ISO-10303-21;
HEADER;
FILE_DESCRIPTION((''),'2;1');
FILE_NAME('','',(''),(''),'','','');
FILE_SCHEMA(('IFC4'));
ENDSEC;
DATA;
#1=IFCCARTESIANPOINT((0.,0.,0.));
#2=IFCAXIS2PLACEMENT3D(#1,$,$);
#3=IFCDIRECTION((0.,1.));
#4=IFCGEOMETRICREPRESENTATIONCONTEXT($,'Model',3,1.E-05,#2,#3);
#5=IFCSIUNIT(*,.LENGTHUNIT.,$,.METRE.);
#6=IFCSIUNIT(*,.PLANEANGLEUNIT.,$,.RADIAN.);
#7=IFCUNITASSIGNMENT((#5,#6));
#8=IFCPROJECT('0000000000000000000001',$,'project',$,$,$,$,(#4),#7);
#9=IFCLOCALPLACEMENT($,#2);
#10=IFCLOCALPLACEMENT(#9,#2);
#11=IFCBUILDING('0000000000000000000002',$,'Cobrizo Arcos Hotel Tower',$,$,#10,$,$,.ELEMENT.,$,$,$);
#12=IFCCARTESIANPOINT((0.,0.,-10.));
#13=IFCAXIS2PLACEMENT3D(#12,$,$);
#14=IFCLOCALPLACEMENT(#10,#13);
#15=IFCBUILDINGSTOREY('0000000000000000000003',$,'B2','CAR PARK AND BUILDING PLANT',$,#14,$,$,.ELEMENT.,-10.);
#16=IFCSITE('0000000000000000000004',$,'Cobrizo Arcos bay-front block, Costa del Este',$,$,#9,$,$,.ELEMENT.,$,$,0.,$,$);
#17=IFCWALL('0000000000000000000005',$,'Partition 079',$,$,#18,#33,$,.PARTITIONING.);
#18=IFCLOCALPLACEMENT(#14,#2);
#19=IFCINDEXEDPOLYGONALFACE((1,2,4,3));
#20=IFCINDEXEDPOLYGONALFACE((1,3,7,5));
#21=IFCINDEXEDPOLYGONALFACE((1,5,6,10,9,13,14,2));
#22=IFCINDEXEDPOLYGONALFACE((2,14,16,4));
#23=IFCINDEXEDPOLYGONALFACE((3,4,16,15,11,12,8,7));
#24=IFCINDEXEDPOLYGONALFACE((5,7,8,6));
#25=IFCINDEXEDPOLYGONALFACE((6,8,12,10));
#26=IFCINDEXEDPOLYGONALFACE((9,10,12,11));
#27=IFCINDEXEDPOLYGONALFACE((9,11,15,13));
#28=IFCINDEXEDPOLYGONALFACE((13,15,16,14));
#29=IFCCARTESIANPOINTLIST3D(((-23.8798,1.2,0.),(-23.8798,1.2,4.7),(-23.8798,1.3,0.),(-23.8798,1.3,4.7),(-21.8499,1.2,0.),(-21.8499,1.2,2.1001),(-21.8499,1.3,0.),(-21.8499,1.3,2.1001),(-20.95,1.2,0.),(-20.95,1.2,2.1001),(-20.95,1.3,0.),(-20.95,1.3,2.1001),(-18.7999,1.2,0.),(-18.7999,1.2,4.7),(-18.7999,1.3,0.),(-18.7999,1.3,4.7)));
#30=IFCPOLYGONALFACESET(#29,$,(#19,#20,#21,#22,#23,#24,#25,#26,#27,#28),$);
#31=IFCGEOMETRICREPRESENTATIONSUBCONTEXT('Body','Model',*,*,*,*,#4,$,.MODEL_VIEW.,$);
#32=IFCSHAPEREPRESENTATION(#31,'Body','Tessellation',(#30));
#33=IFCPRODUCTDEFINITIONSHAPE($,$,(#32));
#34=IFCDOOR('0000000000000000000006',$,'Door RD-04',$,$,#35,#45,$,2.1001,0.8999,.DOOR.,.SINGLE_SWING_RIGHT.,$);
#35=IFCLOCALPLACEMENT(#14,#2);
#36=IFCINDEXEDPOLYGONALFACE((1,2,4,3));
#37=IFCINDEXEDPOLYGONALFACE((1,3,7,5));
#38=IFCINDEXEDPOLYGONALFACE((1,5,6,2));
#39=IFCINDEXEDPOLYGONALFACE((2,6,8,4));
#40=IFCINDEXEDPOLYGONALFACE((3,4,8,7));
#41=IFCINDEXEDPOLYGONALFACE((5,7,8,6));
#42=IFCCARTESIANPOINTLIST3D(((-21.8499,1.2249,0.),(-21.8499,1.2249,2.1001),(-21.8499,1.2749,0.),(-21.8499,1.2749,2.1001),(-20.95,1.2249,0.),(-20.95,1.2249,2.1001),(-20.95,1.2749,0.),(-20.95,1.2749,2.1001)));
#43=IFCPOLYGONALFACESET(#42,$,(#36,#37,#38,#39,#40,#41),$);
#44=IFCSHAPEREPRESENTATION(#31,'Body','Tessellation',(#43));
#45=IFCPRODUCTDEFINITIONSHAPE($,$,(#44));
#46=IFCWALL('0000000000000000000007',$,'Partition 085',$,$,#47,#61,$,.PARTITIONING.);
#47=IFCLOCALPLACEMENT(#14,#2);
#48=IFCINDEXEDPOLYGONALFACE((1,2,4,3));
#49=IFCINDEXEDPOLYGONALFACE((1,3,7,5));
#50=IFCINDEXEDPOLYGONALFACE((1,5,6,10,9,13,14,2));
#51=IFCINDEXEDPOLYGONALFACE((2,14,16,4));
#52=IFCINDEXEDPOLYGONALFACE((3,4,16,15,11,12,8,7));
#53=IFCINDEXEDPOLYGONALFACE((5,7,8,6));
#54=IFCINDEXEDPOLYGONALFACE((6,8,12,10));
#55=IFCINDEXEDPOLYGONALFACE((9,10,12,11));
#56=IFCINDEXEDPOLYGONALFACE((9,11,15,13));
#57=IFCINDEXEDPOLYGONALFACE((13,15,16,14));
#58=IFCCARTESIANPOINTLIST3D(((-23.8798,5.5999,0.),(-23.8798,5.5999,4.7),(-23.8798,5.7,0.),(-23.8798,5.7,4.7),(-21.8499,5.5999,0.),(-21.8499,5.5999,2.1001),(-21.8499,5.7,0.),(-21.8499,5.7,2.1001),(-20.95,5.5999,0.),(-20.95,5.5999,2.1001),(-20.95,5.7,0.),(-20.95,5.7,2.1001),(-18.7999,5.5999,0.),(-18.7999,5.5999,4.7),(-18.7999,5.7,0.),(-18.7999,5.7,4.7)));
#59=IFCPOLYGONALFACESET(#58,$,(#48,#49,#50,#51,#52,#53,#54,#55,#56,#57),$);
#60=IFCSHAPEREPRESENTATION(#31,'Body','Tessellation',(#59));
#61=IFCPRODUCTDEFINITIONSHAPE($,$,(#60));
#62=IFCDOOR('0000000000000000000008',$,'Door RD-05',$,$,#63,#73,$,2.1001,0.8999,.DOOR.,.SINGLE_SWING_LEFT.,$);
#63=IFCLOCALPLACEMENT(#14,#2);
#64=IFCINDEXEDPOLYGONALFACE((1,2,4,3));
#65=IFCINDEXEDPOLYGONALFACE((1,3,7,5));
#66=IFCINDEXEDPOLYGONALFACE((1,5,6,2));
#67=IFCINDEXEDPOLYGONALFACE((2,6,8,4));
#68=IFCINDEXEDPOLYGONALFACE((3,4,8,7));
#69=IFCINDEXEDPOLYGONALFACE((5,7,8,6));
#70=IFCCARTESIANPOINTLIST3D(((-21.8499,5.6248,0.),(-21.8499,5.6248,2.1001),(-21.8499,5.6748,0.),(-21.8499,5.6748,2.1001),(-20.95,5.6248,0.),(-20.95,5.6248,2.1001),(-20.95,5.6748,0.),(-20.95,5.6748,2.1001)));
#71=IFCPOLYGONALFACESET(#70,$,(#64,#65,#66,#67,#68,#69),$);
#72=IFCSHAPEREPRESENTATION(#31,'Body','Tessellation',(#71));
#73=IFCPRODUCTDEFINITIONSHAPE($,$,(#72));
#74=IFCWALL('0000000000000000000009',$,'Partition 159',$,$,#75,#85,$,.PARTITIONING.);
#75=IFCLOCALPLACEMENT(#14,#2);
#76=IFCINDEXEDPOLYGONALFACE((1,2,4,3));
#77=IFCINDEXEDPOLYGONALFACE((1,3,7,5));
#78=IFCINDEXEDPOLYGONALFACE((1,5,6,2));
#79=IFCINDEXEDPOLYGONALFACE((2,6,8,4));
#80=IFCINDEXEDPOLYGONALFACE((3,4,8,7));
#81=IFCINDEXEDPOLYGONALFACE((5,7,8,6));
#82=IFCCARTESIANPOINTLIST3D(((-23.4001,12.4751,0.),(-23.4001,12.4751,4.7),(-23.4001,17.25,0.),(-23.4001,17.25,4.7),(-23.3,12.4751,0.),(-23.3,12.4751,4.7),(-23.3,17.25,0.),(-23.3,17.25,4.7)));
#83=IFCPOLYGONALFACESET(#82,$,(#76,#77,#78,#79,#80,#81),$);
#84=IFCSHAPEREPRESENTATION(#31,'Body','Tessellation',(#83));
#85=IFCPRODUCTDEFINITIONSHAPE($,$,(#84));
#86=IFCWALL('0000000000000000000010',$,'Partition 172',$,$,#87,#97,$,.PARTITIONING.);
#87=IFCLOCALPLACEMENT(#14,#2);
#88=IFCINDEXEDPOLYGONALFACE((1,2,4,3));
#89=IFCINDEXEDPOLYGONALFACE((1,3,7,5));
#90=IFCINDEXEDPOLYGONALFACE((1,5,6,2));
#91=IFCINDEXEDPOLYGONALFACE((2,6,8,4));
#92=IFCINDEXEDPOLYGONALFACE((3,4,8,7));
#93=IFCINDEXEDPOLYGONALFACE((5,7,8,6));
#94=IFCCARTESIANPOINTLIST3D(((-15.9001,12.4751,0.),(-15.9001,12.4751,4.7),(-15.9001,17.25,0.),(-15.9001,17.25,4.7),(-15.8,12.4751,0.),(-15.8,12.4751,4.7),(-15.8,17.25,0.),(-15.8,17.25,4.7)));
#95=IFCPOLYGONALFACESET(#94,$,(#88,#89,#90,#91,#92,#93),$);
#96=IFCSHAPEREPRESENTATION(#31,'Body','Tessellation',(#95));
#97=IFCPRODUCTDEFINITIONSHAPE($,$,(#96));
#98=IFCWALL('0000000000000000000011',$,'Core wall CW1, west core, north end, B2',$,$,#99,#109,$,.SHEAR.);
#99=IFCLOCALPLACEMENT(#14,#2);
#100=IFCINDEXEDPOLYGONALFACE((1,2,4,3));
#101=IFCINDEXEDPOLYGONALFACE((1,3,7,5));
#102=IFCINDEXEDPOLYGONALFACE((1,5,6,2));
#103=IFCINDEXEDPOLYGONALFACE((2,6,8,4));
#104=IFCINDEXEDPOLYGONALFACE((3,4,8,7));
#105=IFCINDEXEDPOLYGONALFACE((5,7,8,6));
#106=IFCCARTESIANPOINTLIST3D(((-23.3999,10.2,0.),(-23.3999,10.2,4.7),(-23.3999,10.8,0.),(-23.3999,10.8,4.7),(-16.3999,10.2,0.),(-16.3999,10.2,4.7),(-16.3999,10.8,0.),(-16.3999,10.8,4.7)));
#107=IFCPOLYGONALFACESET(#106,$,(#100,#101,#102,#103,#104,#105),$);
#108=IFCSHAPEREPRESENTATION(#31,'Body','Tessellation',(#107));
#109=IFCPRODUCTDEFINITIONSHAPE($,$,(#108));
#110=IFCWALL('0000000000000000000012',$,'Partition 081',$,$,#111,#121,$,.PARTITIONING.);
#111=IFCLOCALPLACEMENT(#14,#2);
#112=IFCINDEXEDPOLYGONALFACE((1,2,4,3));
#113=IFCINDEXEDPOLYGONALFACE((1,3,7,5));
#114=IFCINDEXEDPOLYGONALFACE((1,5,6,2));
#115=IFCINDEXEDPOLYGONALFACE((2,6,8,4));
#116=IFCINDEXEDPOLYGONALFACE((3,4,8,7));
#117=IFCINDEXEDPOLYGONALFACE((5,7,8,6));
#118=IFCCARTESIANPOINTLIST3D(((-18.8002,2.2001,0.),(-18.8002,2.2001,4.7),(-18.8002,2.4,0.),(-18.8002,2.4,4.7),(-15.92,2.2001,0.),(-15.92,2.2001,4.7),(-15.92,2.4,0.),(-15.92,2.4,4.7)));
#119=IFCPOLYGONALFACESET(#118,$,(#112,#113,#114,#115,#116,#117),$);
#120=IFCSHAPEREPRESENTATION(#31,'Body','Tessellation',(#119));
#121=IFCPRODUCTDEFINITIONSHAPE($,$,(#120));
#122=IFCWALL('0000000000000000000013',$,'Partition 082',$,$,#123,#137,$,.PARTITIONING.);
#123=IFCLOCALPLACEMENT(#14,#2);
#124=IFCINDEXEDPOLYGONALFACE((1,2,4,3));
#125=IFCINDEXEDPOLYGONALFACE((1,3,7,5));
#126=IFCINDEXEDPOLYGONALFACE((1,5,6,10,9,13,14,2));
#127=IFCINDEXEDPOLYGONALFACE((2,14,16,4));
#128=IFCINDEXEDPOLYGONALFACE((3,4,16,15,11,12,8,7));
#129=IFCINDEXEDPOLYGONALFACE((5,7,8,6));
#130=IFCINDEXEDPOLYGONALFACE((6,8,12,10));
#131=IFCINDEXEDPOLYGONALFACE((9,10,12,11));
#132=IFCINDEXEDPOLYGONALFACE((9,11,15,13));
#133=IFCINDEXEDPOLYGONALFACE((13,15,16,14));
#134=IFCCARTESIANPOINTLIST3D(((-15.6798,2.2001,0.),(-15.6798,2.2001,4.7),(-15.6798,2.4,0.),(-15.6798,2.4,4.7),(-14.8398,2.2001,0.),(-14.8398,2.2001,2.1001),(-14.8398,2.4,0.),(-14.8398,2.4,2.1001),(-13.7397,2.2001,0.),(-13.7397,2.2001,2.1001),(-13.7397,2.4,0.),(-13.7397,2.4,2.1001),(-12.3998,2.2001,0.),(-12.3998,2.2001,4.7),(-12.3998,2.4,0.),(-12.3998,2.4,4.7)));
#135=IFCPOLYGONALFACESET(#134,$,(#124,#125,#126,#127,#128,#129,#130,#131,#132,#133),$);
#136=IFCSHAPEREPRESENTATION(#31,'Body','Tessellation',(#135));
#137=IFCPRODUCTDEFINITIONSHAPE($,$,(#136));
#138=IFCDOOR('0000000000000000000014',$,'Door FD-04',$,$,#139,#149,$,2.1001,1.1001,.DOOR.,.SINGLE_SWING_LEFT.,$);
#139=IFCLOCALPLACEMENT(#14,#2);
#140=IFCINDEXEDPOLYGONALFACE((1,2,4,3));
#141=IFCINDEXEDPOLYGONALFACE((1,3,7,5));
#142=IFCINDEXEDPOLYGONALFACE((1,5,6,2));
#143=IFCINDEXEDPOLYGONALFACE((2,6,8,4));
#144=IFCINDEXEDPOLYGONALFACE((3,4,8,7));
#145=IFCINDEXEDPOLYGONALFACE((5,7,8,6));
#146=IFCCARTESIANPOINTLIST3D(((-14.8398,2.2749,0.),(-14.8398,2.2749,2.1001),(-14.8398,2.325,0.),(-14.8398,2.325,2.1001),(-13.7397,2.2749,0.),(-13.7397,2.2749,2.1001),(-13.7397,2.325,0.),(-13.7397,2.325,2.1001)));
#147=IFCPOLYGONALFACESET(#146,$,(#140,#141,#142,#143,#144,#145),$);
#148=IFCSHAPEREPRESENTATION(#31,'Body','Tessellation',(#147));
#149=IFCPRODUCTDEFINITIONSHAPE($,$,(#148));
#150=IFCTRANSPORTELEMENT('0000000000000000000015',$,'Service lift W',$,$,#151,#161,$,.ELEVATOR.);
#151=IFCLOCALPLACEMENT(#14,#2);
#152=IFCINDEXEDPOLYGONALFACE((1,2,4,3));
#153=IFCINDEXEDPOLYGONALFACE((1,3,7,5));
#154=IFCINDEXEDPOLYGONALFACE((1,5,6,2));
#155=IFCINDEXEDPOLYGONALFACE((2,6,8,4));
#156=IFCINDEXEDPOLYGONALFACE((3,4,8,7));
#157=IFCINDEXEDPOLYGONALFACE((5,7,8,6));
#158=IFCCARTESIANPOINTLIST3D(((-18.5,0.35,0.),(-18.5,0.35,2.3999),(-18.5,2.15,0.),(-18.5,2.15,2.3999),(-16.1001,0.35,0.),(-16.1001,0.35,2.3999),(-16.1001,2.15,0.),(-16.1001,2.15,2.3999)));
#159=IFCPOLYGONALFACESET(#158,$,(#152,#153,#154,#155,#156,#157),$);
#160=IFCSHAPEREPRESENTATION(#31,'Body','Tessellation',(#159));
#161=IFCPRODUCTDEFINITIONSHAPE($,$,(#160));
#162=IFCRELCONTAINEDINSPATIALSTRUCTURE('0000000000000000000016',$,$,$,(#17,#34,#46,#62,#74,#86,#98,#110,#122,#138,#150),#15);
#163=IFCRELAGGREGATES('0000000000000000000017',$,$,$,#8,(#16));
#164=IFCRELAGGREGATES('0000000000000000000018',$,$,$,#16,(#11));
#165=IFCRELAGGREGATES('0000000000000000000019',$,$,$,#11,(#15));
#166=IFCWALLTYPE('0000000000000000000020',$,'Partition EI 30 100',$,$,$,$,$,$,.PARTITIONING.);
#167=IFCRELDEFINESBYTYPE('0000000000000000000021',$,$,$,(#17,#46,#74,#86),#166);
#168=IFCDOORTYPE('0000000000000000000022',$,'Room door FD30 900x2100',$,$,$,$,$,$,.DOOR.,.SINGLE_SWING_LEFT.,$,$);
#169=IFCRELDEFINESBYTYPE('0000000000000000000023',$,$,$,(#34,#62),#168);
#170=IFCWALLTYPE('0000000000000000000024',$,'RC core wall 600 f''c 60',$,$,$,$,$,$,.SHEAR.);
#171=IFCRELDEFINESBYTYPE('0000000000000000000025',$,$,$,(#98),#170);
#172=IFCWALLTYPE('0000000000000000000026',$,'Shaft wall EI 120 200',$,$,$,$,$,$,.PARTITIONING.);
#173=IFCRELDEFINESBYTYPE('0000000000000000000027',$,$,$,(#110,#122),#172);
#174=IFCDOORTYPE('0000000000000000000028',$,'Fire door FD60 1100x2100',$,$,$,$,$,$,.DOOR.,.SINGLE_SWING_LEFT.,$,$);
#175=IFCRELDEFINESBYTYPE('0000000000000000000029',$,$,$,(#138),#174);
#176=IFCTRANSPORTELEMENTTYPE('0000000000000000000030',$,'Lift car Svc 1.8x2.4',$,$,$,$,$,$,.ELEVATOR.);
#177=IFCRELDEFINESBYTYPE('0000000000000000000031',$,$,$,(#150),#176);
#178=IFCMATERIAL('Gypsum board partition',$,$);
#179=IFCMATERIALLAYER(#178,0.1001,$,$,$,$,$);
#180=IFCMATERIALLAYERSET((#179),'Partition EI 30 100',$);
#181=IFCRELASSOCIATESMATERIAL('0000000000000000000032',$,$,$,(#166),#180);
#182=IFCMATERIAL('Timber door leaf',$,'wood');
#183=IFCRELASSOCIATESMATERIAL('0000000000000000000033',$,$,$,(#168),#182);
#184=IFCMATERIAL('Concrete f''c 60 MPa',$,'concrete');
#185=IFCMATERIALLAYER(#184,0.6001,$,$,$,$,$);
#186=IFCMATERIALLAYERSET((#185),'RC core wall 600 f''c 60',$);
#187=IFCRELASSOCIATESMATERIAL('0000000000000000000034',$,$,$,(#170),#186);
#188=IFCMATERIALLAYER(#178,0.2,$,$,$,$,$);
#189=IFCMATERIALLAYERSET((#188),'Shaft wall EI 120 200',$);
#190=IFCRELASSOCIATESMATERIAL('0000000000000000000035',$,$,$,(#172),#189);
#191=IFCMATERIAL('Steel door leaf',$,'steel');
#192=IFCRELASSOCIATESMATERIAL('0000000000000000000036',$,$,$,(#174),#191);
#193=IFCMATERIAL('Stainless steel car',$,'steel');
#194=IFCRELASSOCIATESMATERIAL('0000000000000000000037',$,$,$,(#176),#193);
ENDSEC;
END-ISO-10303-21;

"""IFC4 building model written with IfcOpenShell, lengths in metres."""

from ifc_helpers import new_model, si_unit, direction, frame, frame_2d, origin, origin_2d, place, context, subcontext, project, spatial, rectangle, extrude, material, layer, layer_set, type_object, element, fill, save


model = new_model("IFC4")

# Units and contexts
model_context = context("Model", 3, precision=1e-05, world=origin(), true_north=direction((0.0, 1.0)))
body_context = subcontext(model_context, "Body", "Model", "MODEL_VIEW")
ifc_project = project(units=[si_unit("LENGTHUNIT", "METRE"), si_unit("PLANEANGLEUNIT", "RADIAN")], contexts=[model_context])

# Site, building, storey
site_placement = place(None, origin())
site = spatial("IfcSite", under=ifc_project, at=site_placement, Name="Cobrizo Arcos bay-front block, Costa del Este", CompositionType="ELEMENT", RefElevation=0.0)
building_placement = place(site_placement, origin())
building = spatial("IfcBuilding", under=site, at=building_placement, Name="Cobrizo Arcos Hotel Tower", CompositionType="ELEMENT")
storey_placement = place(building_placement, frame((0.0, 0.0, -10.0)))
storey = spatial("IfcBuildingStorey", under=building, at=storey_placement, Name="B2", Description="CAR PARK AND BUILDING PLANT", CompositionType="ELEMENT", Elevation=-10.0)

# Shared definitions
ifc_material_1 = material(Name="Gypsum board partition")

# Walls, openings, doors
ifc_layer_1 = layer(ifc_material_1, 0.1001)
ifc_layer_set_1 = layer_set([ifc_layer_1], Name="Partition EI 30 100")
wall_type_1 = type_object("IfcWallType", Name="Partition EI 30 100", PredefinedType="PARTITIONING", material=ifc_layer_set_1)
wall_1_placement = place(storey_placement, frame((-23.8799, 1.25, 0.0), z_axis=(0.0, 0.0, 1.0), x_axis=(1.0, 0.0, 0.0)))
wall_1 = element("IfcWall", 1, at=wall_1_placement, inside=storey, type_object=wall_type_1, Name="Partition 079", PredefinedType="PARTITIONING", context=body_context, shape_type="SweptSolid", body=[
    extrude(rectangle(XDim=5.0798, YDim=0.1001, at=frame_2d((2.54, 0.0))), origin(), (0.0, 0.0, 1.0), 4.7),
])
opening_1_placement = place(wall_1_placement, frame((2.03, 0.0, 0.0)))
opening_1 = element("IfcOpeningElement", 2, at=opening_1_placement, cuts=wall_1, PredefinedType="OPENING", context=body_context, shape_type="SweptSolid", body=[
    extrude(rectangle(XDim=0.8999, YDim=2.1001, at=frame_2d((0.45, 1.05))), frame((0.0, 0.062, 0.0), z_axis=(0.0, -1.0, 0.0), x_axis=(1.0, 0.0, 0.0)), (0.0, 0.0, 1.0), 0.124),
])
ifc_material_2 = material(Name="Timber door leaf", Category="wood")
door_type_1 = type_object("IfcDoorType", Name="Room door FD30 900x2100", OperationType="SINGLE_SWING_LEFT", PredefinedType="DOOR", material=ifc_material_2)
door_1_placement = place(opening_1_placement, origin())
door_1 = element("IfcDoor", 3, at=door_1_placement, inside=storey, type_object=door_type_1, Name="Door RD-04", OperationType="SINGLE_SWING_RIGHT", OverallHeight=2.1001, OverallWidth=0.8999, PredefinedType="DOOR", context=body_context, shape_type="SweptSolid", body=[
    extrude(rectangle(XDim=0.8999, YDim=2.1001, at=frame_2d((0.45, 1.05))), frame((0.0, 0.0249, 0.0), z_axis=(0.0, -1.0, 0.0), x_axis=(1.0, 0.0, 0.0)), (0.0, 0.0, 1.0), 0.05),
])
fill(opening_1, door_1)
wall_2_placement = place(storey_placement, frame((-23.8799, 5.6499, 0.0), z_axis=(0.0, 0.0, 1.0), x_axis=(1.0, 0.0, 0.0)))
wall_2 = element("IfcWall", 4, at=wall_2_placement, inside=storey, type_object=wall_type_1, Name="Partition 085", PredefinedType="PARTITIONING", context=body_context, shape_type="SweptSolid", body=[
    extrude(rectangle(XDim=5.0798, YDim=0.1001, at=frame_2d((2.54, 0.0))), origin(), (0.0, 0.0, 1.0), 4.7),
])
opening_2_placement = place(wall_2_placement, frame((2.03, 0.0, 0.0)))
opening_2 = element("IfcOpeningElement", 5, at=opening_2_placement, cuts=wall_2, PredefinedType="OPENING", context=body_context, shape_type="SweptSolid", body=[
    extrude(rectangle(XDim=0.8999, YDim=2.1001, at=frame_2d((0.45, 1.05))), frame((0.0, 0.062, 0.0), z_axis=(0.0, -1.0, 0.0), x_axis=(1.0, 0.0, 0.0)), (0.0, 0.0, 1.0), 0.124),
])
door_2_placement = place(opening_2_placement, origin())
door_2 = element("IfcDoor", 6, at=door_2_placement, inside=storey, type_object=door_type_1, Name="Door RD-05", OperationType="SINGLE_SWING_LEFT", OverallHeight=2.1001, OverallWidth=0.8999, PredefinedType="DOOR", context=body_context, shape_type="SweptSolid", body=[
    extrude(rectangle(XDim=0.8999, YDim=2.1001, at=frame_2d((0.45, 1.05))), frame((0.0, 0.0249, 0.0), z_axis=(0.0, -1.0, 0.0), x_axis=(1.0, 0.0, 0.0)), (0.0, 0.0, 1.0), 0.05),
])
fill(opening_2, door_2)

# Walls
for number, where, z_axis, x_axis, name in (
    (7, (-23.3501, 12.4751, 0.0), (0.0, 0.0, 1.0), (0.0, 1.0, 0.0), "Partition 159"),
    (8, (-15.8501, 12.4751, 0.0), (0.0, 0.0, 1.0), (0.0, 1.0, 0.0), "Partition 172"),
):
    element("IfcWall", number, at=place(storey_placement, frame(where, z_axis=z_axis, x_axis=x_axis)), inside=storey, type_object=wall_type_1, Name=name, PredefinedType="PARTITIONING", context=body_context, shape_type="SweptSolid", body=[
        extrude(rectangle(XDim=4.7749, YDim=0.1001, at=frame_2d((2.3875, 0.0))), origin(), (0.0, 0.0, 1.0), 4.7),
    ])
ifc_material_3 = material(Name="Concrete f'c 60 MPa", Category="concrete")
ifc_layer_2 = layer(ifc_material_3, 0.6001)
ifc_layer_set_2 = layer_set([ifc_layer_2], Name="RC core wall 600 f'c 60")
wall_type_2 = type_object("IfcWallType", Name="RC core wall 600 f'c 60", PredefinedType="SHEAR", material=ifc_layer_set_2)
wall_3_placement = place(storey_placement, frame((-23.3999, 10.5, 0.0), z_axis=(0.0, 0.0, 1.0), x_axis=(1.0, 0.0, 0.0)))
element("IfcWall", 9, at=wall_3_placement, inside=storey, type_object=wall_type_2, Name="Core wall CW1, west core, north end, B2", PredefinedType="SHEAR", context=body_context, shape_type="SweptSolid", body=[
    extrude(rectangle(XDim=7.0, YDim=0.6001, at=frame_2d((3.5, 0.0))), origin(), (0.0, 0.0, 1.0), 4.7),
])
ifc_layer_3 = layer(ifc_material_1, 0.2)
ifc_layer_set_3 = layer_set([ifc_layer_3], Name="Shaft wall EI 120 200")
wall_type_3 = type_object("IfcWallType", Name="Shaft wall EI 120 200", PredefinedType="PARTITIONING", material=ifc_layer_set_3)
wall_4_placement = place(storey_placement, frame((-18.8, 2.3, 0.0), z_axis=(0.0, 0.0, 1.0), x_axis=(1.0, 0.0, 0.0)))
element("IfcWall", 10, at=wall_4_placement, inside=storey, type_object=wall_type_3, Name="Partition 081", PredefinedType="PARTITIONING", context=body_context, shape_type="SweptSolid", body=[
    extrude(rectangle(XDim=2.8801, YDim=0.2, at=frame_2d((1.4399, 0.0))), origin(), (0.0, 0.0, 1.0), 4.7),
])

# Wall, opening, door
wall_5_placement = place(storey_placement, frame((-15.6799, 2.3, 0.0), z_axis=(0.0, 0.0, 1.0), x_axis=(1.0, 0.0, 0.0)))
wall_5 = element("IfcWall", 11, at=wall_5_placement, inside=storey, type_object=wall_type_3, Name="Partition 082", PredefinedType="PARTITIONING", context=body_context, shape_type="SweptSolid", body=[
    extrude(rectangle(XDim=3.28, YDim=0.2, at=frame_2d((1.6401, 0.0))), origin(), (0.0, 0.0, 1.0), 4.7),
])
opening_3_placement = place(wall_5_placement, frame((0.8401, 0.0, 0.0)))
opening_3 = element("IfcOpeningElement", 12, at=opening_3_placement, cuts=wall_5, PredefinedType="OPENING", context=body_context, shape_type="SweptSolid", body=[
    extrude(rectangle(XDim=1.1001, YDim=2.1001, at=frame_2d((0.55, 1.05))), frame((0.0, 0.1121, 0.0), z_axis=(0.0, -1.0, 0.0), x_axis=(1.0, 0.0, 0.0)), (0.0, 0.0, 1.0), 0.2239),
])
ifc_material_4 = material(Name="Steel door leaf", Category="steel")
door_type_2 = type_object("IfcDoorType", Name="Fire door FD60 1100x2100", OperationType="SINGLE_SWING_LEFT", PredefinedType="DOOR", material=ifc_material_4)
door_3_placement = place(opening_3_placement, origin())
door_3 = element("IfcDoor", 13, at=door_3_placement, inside=storey, type_object=door_type_2, Name="Door FD-04", OperationType="SINGLE_SWING_LEFT", OverallHeight=2.1001, OverallWidth=1.1001, PredefinedType="DOOR", context=body_context, shape_type="SweptSolid", body=[
    extrude(rectangle(XDim=1.1001, YDim=2.1001, at=frame_2d((0.55, 1.05))), frame((0.0, 0.0249, 0.0), z_axis=(0.0, -1.0, 0.0), x_axis=(1.0, 0.0, 0.0)), (0.0, 0.0, 1.0), 0.05),
])
fill(opening_3, door_3)

# Transport element
ifc_material_5 = material(Name="Stainless steel car", Category="steel")
transport_element_type = type_object("IfcTransportElementType", Name="Lift car Svc 1.8x2.4", PredefinedType="ELEVATOR", material=ifc_material_5)
transport_element_placement = place(storey_placement, frame((-17.3, 1.25, 0.0), z_axis=(0.0, 0.0, 1.0), x_axis=(1.0, 0.0, 0.0)))
element("IfcTransportElement", 14, at=transport_element_placement, inside=storey, type_object=transport_element_type, Name="Service lift W", PredefinedType="ELEVATOR", context=body_context, shape_type="SweptSolid", body=[
    extrude(rectangle(XDim=2.3999, YDim=1.8, at=origin_2d()), origin(), (0.0, 0.0, 1.0), 2.3999),
])

save(model, "model.ifc")
